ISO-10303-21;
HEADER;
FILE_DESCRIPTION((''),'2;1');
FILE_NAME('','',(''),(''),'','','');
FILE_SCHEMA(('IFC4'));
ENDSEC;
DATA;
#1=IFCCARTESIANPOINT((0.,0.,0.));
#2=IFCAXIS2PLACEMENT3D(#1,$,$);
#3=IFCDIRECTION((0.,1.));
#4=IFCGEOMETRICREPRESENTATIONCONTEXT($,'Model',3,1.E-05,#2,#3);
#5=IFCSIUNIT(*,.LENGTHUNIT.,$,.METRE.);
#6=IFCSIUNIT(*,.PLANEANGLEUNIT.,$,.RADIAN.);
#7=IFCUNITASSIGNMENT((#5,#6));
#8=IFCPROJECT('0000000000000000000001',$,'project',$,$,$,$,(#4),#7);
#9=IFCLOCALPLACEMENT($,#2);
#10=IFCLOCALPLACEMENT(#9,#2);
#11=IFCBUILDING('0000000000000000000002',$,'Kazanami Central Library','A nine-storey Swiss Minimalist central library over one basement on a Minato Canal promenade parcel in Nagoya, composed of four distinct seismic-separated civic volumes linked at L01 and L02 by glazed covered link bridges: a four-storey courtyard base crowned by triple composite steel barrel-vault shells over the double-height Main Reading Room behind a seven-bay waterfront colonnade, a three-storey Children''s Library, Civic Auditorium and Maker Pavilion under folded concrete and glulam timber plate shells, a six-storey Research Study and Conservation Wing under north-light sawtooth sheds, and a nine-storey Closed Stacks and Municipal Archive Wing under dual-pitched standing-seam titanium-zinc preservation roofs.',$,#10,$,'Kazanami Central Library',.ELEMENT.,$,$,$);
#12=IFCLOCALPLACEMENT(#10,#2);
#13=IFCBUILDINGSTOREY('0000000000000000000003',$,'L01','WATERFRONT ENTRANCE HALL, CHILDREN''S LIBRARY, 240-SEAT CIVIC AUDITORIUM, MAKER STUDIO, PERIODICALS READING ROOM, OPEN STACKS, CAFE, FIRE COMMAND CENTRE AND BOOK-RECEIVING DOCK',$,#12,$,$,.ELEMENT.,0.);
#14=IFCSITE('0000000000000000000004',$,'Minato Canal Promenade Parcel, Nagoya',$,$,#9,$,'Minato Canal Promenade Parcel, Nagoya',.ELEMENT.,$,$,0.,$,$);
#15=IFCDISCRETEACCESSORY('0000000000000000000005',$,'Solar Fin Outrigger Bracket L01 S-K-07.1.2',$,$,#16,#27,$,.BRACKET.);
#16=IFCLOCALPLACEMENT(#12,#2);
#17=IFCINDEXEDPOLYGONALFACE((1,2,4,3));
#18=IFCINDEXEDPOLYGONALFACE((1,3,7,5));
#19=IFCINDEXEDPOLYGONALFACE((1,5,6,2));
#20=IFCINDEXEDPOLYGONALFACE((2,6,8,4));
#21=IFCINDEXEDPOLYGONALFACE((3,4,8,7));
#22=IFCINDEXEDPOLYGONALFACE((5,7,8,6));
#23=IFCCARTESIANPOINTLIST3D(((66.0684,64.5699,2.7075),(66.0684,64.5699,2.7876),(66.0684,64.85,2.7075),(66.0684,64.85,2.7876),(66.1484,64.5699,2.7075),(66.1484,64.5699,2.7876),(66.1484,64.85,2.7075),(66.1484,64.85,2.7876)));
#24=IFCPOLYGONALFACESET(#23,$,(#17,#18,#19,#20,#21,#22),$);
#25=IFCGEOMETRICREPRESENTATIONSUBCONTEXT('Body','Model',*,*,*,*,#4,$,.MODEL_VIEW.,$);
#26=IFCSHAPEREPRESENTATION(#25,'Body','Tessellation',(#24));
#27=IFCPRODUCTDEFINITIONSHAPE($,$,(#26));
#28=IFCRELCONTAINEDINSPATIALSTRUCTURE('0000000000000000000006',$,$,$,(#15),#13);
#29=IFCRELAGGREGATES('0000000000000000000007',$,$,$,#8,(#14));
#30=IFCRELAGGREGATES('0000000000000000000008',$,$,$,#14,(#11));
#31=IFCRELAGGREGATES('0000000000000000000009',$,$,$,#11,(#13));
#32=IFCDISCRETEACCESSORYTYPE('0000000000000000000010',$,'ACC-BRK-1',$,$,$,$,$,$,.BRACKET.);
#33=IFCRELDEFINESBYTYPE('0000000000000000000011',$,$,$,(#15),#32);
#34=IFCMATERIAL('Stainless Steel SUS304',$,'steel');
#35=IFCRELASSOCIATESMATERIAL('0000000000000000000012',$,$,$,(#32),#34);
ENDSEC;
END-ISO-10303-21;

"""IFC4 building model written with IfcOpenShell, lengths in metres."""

from ifc_helpers import new_model, si_unit, direction, frame, origin, origin_2d, place, context, subcontext, project, spatial, rectangle, extrude, material, type_object, element, save


model = new_model("IFC4")

# Units and contexts
model_context = context("Model", 3, precision=1e-05, world=origin(), true_north=direction((0.0, 1.0)))
body_context = subcontext(model_context, "Body", "Model", "MODEL_VIEW")
ifc_project = project(units=[si_unit("LENGTHUNIT", "METRE"), si_unit("PLANEANGLEUNIT", "RADIAN")], contexts=[model_context])

# Site, building, storey
site_placement = place(None, origin())
site = spatial("IfcSite", under=ifc_project, at=site_placement, Name="Minato Canal Promenade Parcel, Nagoya", LongName="Minato Canal Promenade Parcel, Nagoya", CompositionType="ELEMENT", RefElevation=0.0)
building_placement = place(site_placement, origin())
building = spatial("IfcBuilding", under=site, at=building_placement, Name="Kazanami Central Library", Description="A nine-storey Swiss Minimalist central library over one basement on a Minato Canal promenade parcel in Nagoya, composed of four distinct seismic-separated civic volumes linked at L01 and L02 by glazed covered link bridges: a four-storey courtyard base crowned by triple composite steel barrel-vault shells over the double-height Main Reading Room behind a seven-bay waterfront colonnade, a three-storey Children's Library, Civic Auditorium and Maker Pavilion under folded concrete and glulam timber plate shells, a six-storey Research Study and Conservation Wing under north-light sawtooth sheds, and a nine-storey Closed Stacks and Municipal Archive Wing under dual-pitched standing-seam titanium-zinc preservation roofs.", LongName="Kazanami Central Library", CompositionType="ELEMENT")
storey_placement = place(building_placement, origin())
storey = spatial("IfcBuildingStorey", under=building, at=storey_placement, Name="L01", Description="WATERFRONT ENTRANCE HALL, CHILDREN'S LIBRARY, 240-SEAT CIVIC AUDITORIUM, MAKER STUDIO, PERIODICALS READING ROOM, OPEN STACKS, CAFE, FIRE COMMAND CENTRE AND BOOK-RECEIVING DOCK", CompositionType="ELEMENT", Elevation=0.0)

# Discrete accessory
ifc_material_1 = material(Name="Stainless Steel SUS304", Category="steel")
discrete_accessory_type = type_object("IfcDiscreteAccessoryType", Name="ACC-BRK-1", PredefinedType="BRACKET", material=ifc_material_1)
for number, where, z_axis, x_axis, name in (
    (1, (66.1084, 64.71, 2.7075), (0.0, 0.0, 1.0), (1.0, 0.0, 0.0), "Solar Fin Outrigger Bracket L01 S-K-07.1.2"),
):
    element("IfcDiscreteAccessory", number, at=place(storey_placement, frame(where, z_axis=z_axis, x_axis=x_axis)), inside=storey, type_object=discrete_accessory_type, Name=name, PredefinedType="BRACKET", context=body_context, shape_type="SweptSolid", body=[
        extrude(rectangle(XDim=0.0801, YDim=0.28, at=origin_2d()), origin(), (0.0, 0.0, 1.0), 0.0801),
    ])

save(model, "model.ifc")
